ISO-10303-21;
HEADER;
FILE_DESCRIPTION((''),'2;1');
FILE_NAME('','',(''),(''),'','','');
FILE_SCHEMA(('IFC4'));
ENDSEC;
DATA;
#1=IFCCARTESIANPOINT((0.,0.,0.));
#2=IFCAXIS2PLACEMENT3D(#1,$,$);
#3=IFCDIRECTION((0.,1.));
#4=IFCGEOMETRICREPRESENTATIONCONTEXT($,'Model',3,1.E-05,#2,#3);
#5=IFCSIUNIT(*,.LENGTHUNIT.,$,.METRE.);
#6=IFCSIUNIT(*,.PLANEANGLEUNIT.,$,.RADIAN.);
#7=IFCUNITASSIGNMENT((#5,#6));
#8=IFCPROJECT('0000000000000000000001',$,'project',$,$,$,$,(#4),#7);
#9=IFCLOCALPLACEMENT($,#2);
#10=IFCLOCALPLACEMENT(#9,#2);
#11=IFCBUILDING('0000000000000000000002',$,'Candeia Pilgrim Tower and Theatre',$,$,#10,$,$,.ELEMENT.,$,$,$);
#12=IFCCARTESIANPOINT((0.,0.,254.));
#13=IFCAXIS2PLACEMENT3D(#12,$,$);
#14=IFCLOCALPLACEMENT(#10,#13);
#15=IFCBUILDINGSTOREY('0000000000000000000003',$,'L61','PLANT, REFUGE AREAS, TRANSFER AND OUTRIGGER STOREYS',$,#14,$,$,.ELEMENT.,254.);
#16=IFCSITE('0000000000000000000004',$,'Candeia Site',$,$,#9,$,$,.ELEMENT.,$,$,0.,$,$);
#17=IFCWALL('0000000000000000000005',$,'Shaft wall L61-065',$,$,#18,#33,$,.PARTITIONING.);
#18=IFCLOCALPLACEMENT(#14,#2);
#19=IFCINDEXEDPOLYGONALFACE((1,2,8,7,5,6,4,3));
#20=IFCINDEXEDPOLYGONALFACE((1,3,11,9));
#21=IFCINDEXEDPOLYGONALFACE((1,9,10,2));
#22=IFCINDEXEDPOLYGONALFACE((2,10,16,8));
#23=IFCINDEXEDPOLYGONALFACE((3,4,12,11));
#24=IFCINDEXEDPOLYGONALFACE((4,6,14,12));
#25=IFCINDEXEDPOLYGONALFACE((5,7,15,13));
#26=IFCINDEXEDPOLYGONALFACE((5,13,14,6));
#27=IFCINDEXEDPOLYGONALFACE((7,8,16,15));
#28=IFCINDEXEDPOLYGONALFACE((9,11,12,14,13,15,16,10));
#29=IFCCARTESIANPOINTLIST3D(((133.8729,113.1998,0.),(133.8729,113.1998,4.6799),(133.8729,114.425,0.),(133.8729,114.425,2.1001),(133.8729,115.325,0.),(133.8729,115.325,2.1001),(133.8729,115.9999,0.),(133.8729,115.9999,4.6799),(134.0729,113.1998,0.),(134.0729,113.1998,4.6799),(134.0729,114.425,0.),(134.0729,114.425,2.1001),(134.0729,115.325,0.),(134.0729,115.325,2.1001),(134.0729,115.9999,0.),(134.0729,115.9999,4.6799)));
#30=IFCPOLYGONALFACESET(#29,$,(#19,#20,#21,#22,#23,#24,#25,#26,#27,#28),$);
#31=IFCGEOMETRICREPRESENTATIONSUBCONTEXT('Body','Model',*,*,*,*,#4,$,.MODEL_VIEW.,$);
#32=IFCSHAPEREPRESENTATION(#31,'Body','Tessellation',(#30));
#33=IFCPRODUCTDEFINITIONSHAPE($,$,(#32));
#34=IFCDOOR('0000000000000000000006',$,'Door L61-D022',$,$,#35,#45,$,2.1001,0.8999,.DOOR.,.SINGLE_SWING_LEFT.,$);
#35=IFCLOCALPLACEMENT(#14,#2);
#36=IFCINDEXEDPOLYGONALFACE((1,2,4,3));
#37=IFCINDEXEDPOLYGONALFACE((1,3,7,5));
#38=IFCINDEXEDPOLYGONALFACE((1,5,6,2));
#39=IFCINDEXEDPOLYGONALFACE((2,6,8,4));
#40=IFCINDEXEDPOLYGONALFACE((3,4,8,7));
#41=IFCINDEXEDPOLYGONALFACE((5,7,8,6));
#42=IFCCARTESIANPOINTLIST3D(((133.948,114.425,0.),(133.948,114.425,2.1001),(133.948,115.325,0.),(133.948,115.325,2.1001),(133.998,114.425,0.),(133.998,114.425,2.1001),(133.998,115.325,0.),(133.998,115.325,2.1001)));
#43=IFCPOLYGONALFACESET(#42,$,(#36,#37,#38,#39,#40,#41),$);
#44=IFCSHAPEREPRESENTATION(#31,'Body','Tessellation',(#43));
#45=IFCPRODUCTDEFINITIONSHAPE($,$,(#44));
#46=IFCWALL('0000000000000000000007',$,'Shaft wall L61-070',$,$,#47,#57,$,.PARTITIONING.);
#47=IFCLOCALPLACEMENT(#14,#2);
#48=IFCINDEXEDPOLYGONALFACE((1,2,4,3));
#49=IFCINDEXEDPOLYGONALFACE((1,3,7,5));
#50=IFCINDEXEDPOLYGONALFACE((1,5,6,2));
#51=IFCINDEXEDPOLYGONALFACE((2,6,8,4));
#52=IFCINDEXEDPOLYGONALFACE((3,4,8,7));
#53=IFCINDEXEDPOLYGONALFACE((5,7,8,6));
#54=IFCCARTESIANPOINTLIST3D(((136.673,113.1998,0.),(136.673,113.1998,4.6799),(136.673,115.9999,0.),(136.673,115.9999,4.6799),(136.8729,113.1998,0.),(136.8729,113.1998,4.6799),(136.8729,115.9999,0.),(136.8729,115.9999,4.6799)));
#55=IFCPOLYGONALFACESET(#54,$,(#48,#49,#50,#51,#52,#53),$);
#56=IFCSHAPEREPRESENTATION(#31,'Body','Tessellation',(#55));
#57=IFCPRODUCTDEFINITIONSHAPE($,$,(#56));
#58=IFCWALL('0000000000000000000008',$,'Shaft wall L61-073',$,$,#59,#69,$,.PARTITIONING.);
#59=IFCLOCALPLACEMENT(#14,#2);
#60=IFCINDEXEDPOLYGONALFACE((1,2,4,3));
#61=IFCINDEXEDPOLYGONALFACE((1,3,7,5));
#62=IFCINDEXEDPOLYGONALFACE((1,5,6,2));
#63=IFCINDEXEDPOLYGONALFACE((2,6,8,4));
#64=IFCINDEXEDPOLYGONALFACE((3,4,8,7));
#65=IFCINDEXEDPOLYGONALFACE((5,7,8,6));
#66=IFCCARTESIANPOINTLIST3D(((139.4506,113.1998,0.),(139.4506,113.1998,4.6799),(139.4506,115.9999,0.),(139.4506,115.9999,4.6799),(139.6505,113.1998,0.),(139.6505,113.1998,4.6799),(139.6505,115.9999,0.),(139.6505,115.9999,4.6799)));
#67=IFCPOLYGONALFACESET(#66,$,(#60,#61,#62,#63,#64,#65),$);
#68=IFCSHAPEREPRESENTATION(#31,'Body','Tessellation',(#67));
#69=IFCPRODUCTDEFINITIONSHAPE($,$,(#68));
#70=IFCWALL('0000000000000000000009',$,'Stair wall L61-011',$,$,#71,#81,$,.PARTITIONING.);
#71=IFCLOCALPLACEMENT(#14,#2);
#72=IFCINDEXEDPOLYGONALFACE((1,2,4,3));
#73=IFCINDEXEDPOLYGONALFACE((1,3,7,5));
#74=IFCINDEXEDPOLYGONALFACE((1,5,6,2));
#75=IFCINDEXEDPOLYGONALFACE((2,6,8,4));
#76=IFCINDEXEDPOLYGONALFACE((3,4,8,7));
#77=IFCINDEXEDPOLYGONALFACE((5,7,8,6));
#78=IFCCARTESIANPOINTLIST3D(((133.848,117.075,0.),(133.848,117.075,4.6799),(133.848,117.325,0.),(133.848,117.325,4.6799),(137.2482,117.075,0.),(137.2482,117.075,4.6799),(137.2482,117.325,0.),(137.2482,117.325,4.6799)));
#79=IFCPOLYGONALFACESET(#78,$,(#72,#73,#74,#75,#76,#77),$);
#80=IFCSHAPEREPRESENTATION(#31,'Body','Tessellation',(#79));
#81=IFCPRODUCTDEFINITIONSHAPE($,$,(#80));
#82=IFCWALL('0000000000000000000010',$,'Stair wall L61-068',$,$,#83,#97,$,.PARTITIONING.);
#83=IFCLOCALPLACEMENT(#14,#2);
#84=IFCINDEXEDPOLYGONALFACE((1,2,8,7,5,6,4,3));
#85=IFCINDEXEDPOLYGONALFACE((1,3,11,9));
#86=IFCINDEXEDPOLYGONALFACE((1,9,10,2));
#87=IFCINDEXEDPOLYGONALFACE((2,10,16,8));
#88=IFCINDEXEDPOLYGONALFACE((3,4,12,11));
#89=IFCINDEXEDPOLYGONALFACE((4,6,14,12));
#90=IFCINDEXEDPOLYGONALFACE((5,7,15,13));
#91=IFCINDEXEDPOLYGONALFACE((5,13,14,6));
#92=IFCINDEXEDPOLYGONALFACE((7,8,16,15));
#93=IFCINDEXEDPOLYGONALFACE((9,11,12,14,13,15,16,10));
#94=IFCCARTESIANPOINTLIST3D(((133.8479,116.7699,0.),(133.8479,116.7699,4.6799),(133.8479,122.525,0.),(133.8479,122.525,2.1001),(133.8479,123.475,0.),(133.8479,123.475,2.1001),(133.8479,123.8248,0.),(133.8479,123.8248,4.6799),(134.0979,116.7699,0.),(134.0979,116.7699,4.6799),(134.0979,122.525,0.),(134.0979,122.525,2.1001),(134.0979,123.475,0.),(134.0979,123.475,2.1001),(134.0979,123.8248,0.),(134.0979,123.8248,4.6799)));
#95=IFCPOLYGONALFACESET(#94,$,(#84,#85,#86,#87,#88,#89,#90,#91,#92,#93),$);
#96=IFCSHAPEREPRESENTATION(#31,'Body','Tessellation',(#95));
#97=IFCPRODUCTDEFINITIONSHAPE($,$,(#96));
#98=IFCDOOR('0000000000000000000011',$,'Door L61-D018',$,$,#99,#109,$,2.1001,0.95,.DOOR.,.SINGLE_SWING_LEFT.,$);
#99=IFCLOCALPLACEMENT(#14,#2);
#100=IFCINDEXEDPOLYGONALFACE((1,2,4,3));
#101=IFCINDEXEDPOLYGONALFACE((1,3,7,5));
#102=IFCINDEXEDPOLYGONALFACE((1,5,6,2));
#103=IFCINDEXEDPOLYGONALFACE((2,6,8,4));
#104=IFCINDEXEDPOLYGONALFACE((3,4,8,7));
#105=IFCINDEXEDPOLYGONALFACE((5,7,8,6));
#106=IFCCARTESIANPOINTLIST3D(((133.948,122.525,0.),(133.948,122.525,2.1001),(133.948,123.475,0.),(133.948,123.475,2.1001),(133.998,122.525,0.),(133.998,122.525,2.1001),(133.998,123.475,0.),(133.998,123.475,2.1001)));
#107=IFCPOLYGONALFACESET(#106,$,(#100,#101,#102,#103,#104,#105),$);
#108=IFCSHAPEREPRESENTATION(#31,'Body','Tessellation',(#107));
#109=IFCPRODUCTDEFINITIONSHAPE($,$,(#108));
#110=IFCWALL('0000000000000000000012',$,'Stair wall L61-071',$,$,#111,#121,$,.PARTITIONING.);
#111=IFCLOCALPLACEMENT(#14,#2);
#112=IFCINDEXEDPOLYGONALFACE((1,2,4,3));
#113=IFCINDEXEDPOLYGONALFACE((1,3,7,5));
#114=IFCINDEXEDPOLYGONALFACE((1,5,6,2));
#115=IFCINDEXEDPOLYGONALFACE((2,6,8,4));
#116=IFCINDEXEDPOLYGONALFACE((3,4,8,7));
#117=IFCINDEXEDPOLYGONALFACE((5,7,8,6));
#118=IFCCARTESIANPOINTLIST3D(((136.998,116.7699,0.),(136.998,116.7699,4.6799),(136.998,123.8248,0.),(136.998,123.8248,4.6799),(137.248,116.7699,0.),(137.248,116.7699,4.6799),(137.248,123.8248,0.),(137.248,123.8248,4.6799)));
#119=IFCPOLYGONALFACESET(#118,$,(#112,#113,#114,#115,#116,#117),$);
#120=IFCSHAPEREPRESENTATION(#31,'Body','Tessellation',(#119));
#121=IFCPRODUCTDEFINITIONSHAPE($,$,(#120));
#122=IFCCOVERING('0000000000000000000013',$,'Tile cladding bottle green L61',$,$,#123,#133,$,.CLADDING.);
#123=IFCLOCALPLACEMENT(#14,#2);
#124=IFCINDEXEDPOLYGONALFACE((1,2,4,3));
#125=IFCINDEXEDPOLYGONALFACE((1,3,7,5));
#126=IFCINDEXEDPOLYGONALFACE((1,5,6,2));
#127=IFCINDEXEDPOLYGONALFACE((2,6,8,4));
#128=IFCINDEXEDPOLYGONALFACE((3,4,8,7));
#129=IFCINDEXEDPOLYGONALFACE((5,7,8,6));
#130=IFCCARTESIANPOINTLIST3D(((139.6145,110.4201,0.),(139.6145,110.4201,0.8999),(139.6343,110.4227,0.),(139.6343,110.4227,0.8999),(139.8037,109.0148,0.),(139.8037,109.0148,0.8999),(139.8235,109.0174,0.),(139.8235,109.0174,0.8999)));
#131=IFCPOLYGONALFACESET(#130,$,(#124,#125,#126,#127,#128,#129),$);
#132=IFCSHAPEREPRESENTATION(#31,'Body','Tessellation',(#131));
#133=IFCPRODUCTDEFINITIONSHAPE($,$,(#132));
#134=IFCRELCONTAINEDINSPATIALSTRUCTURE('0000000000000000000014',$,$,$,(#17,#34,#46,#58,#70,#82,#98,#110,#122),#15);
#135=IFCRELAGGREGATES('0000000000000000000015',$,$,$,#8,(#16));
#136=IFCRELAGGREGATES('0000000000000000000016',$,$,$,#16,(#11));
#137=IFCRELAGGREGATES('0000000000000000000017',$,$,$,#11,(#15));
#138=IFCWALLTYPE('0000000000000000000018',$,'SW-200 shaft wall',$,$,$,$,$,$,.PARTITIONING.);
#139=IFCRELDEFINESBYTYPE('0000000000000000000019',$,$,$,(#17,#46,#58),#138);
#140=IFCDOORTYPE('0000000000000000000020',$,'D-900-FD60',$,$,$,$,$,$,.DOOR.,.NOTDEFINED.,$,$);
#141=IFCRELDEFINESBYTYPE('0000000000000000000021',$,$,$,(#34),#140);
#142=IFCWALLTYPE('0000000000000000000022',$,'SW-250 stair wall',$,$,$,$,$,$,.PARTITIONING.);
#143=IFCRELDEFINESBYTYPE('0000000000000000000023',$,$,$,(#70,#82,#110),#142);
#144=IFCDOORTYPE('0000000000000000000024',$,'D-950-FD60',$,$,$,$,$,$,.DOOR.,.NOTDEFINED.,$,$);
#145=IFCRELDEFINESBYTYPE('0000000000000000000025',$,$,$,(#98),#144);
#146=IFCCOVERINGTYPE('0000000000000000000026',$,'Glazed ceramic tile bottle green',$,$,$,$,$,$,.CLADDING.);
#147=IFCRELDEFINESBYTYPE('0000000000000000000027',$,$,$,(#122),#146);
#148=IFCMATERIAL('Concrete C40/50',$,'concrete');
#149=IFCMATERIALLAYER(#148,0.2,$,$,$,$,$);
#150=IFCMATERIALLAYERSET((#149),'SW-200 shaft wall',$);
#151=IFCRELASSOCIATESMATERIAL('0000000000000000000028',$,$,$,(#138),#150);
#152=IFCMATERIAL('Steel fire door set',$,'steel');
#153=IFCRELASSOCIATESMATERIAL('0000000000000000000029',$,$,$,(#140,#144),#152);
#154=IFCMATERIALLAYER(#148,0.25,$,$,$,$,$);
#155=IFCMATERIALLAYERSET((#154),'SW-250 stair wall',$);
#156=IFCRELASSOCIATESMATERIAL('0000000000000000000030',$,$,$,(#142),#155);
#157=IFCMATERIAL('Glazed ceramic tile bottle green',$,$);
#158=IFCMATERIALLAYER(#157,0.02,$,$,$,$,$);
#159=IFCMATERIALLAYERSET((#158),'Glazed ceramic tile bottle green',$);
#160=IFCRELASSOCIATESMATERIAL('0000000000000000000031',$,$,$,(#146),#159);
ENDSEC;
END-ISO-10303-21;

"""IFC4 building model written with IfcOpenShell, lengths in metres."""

from ifc_helpers import new_model, si_unit, direction, frame, frame_2d, origin, origin_2d, place, context, subcontext, project, spatial, rectangle, extrude, material, layer, layer_set, type_object, element, fill, save


model = new_model("IFC4")

# Units and contexts
model_context = context("Model", 3, precision=1e-05, world=origin(), true_north=direction((0.0, 1.0)))
body_context = subcontext(model_context, "Body", "Model", "MODEL_VIEW")
ifc_project = project(units=[si_unit("LENGTHUNIT", "METRE"), si_unit("PLANEANGLEUNIT", "RADIAN")], contexts=[model_context])

# Site, building, storey
site_placement = place(None, origin())
site = spatial("IfcSite", under=ifc_project, at=site_placement, Name="Candeia Site", CompositionType="ELEMENT", RefElevation=0.0)
building_placement = place(site_placement, origin())
building = spatial("IfcBuilding", under=site, at=building_placement, Name="Candeia Pilgrim Tower and Theatre", CompositionType="ELEMENT")
storey_placement = place(building_placement, frame((0.0, 0.0, 254.0)))
storey = spatial("IfcBuildingStorey", under=building, at=storey_placement, Name="L61", Description="PLANT, REFUGE AREAS, TRANSFER AND OUTRIGGER STOREYS", CompositionType="ELEMENT", Elevation=254.0)

# Shared definitions
ifc_material_1 = material(Name="Steel fire door set", Category="steel")

# Wall, opening, door
ifc_material_2 = material(Name="Concrete C40/50", Category="concrete")
ifc_layer_1 = layer(ifc_material_2, 0.2)
ifc_layer_set_1 = layer_set([ifc_layer_1], Name="SW-200 shaft wall")
wall_type_1 = type_object("IfcWallType", Name="SW-200 shaft wall", PredefinedType="PARTITIONING", material=ifc_layer_set_1)
door_type_1 = type_object("IfcDoorType", Name="D-900-FD60", OperationType="NOTDEFINED", PredefinedType="DOOR", material=ifc_material_1)
wall_1_placement = place(storey_placement, frame((133.9729, 113.2, 0.0), z_axis=(0.0, 0.0, 1.0), x_axis=(0.0, 1.0, 0.0)))
wall_1 = element("IfcWall", 1, at=wall_1_placement, inside=storey, type_object=wall_type_1, Name="Shaft wall L61-065", PredefinedType="PARTITIONING", context=body_context, shape_type="SweptSolid", body=[
    extrude(rectangle(XDim=2.8, YDim=0.2, at=frame_2d((1.3999, 0.0))), origin(), (0.0, 0.0, 1.0), 4.6799),
])
opening_1_placement = place(wall_1_placement, frame((1.2251, 0.0, 0.0)))
opening_1 = element("IfcOpeningElement", 2, at=opening_1_placement, cuts=wall_1, PredefinedType="OPENING", context=body_context, shape_type="SweptSolid", body=[
    extrude(rectangle(XDim=0.8999, YDim=2.1001, at=frame_2d((0.45, 1.05))), frame((0.0, 0.1099, 0.0), z_axis=(0.0, -1.0, 0.0), x_axis=(1.0, 0.0, 0.0)), (0.0, 0.0, 1.0), 0.22),
])
door_1_placement = place(opening_1_placement, origin())
door_1 = element("IfcDoor", 3, at=door_1_placement, inside=storey, type_object=door_type_1, Name="Door L61-D022", OperationType="SINGLE_SWING_LEFT", OverallHeight=2.1001, OverallWidth=0.8999, PredefinedType="DOOR", context=body_context, shape_type="SweptSolid", body=[
    extrude(rectangle(XDim=0.8999, YDim=2.1001, at=frame_2d((0.45, 1.05))), frame((0.0, 0.0249, 0.0), z_axis=(0.0, -1.0, 0.0), x_axis=(1.0, 0.0, 0.0)), (0.0, 0.0, 1.0), 0.05),
])
fill(opening_1, door_1)

# Walls
for number, where, z_axis, x_axis, name in (
    (4, (136.7729, 113.2, 0.0), (0.0, 0.0, 1.0), (0.0, 1.0, 0.0), "Shaft wall L61-070"),
    (5, (139.5505, 113.2, 0.0), (0.0, 0.0, 1.0), (0.0, 1.0, 0.0), "Shaft wall L61-073"),
):
    element("IfcWall", number, at=place(storey_placement, frame(where, z_axis=z_axis, x_axis=x_axis)), inside=storey, type_object=wall_type_1, Name=name, PredefinedType="PARTITIONING", context=body_context, shape_type="SweptSolid", body=[
        extrude(rectangle(XDim=2.8, YDim=0.2, at=frame_2d((1.3999, 0.0))), origin(), (0.0, 0.0, 1.0), 4.6799),
    ])
ifc_layer_2 = layer(ifc_material_2, 0.25)
ifc_layer_set_2 = layer_set([ifc_layer_2], Name="SW-250 stair wall")
wall_type_2 = type_object("IfcWallType", Name="SW-250 stair wall", PredefinedType="PARTITIONING", material=ifc_layer_set_2)
wall_2_placement = place(storey_placement, frame((133.8479, 117.2, 0.0), z_axis=(0.0, 0.0, 1.0), x_axis=(1.0, 0.0, 0.0)))
element("IfcWall", 6, at=wall_2_placement, inside=storey, type_object=wall_type_2, Name="Stair wall L61-011", PredefinedType="PARTITIONING", context=body_context, shape_type="SweptSolid", body=[
    extrude(rectangle(XDim=3.4001, YDim=0.25, at=frame_2d((1.7002, 0.0))), origin(), (0.0, 0.0, 1.0), 4.6799),
])

# Wall, opening, door
wall_3_placement = place(storey_placement, frame((133.9729, 116.77, 0.0), z_axis=(0.0, 0.0, 1.0), x_axis=(0.0, 1.0, 0.0)))
wall_3 = element("IfcWall", 7, at=wall_3_placement, inside=storey, type_object=wall_type_2, Name="Stair wall L61-068", PredefinedType="PARTITIONING", context=body_context, shape_type="SweptSolid", body=[
    extrude(rectangle(XDim=7.0549, YDim=0.25, at=frame_2d((3.5273, 0.0))), origin(), (0.0, 0.0, 1.0), 4.6799),
])
opening_2_placement = place(wall_3_placement, frame((5.7549, 0.0, 0.0)))
opening_2 = element("IfcOpeningElement", 8, at=opening_2_placement, cuts=wall_3, PredefinedType="OPENING", context=body_context, shape_type="SweptSolid", body=[
    extrude(rectangle(XDim=0.95, YDim=2.1001, at=frame_2d((0.4751, 1.05))), frame((0.0, 0.135, 0.0), z_axis=(0.0, -1.0, 0.0), x_axis=(1.0, 0.0, 0.0)), (0.0, 0.0, 1.0), 0.27),
])
door_type_2 = type_object("IfcDoorType", Name="D-950-FD60", OperationType="NOTDEFINED", PredefinedType="DOOR", material=ifc_material_1)
door_2_placement = place(opening_2_placement, origin())
door_2 = element("IfcDoor", 9, at=door_2_placement, inside=storey, type_object=door_type_2, Name="Door L61-D018", OperationType="SINGLE_SWING_LEFT", OverallHeight=2.1001, OverallWidth=0.95, PredefinedType="DOOR", context=body_context, shape_type="SweptSolid", body=[
    extrude(rectangle(XDim=0.95, YDim=2.1001, at=frame_2d((0.4751, 1.05))), frame((0.0, 0.0249, 0.0), z_axis=(0.0, -1.0, 0.0), x_axis=(1.0, 0.0, 0.0)), (0.0, 0.0, 1.0), 0.05),
])
fill(opening_2, door_2)

# Wall
wall_4_placement = place(storey_placement, frame((137.123, 116.77, 0.0), z_axis=(0.0, 0.0, 1.0), x_axis=(0.0, 1.0, 0.0)))
element("IfcWall", 10, at=wall_4_placement, inside=storey, type_object=wall_type_2, Name="Stair wall L61-071", PredefinedType="PARTITIONING", context=body_context, shape_type="SweptSolid", body=[
    extrude(rectangle(XDim=7.0549, YDim=0.25, at=frame_2d((3.5273, 0.0))), origin(), (0.0, 0.0, 1.0), 4.6799),
])

# Covering
ifc_material_3 = material(Name="Glazed ceramic tile bottle green")
ifc_layer_3 = layer(ifc_material_3, 0.02)
ifc_layer_set_3 = layer_set([ifc_layer_3], Name="Glazed ceramic tile bottle green")
covering_type = type_object("IfcCoveringType", Name="Glazed ceramic tile bottle green", PredefinedType="CLADDING", material=ifc_layer_set_3)
covering_placement = place(storey_placement, frame((139.719, 109.7188, 0.0), z_axis=(0.0, 0.0, 1.0), x_axis=(-0.133412, 0.991061, 0.0)))
element("IfcCovering", 11, at=covering_placement, inside=storey, type_object=covering_type, Name="Tile cladding bottle green L61", PredefinedType="CLADDING", context=body_context, shape_type="SweptSolid", body=[
    extrude(rectangle(XDim=1.418, YDim=0.02, at=origin_2d()), origin(), (0.0, 0.0, 1.0), 0.8999),
])

save(model, "model.ifc")
